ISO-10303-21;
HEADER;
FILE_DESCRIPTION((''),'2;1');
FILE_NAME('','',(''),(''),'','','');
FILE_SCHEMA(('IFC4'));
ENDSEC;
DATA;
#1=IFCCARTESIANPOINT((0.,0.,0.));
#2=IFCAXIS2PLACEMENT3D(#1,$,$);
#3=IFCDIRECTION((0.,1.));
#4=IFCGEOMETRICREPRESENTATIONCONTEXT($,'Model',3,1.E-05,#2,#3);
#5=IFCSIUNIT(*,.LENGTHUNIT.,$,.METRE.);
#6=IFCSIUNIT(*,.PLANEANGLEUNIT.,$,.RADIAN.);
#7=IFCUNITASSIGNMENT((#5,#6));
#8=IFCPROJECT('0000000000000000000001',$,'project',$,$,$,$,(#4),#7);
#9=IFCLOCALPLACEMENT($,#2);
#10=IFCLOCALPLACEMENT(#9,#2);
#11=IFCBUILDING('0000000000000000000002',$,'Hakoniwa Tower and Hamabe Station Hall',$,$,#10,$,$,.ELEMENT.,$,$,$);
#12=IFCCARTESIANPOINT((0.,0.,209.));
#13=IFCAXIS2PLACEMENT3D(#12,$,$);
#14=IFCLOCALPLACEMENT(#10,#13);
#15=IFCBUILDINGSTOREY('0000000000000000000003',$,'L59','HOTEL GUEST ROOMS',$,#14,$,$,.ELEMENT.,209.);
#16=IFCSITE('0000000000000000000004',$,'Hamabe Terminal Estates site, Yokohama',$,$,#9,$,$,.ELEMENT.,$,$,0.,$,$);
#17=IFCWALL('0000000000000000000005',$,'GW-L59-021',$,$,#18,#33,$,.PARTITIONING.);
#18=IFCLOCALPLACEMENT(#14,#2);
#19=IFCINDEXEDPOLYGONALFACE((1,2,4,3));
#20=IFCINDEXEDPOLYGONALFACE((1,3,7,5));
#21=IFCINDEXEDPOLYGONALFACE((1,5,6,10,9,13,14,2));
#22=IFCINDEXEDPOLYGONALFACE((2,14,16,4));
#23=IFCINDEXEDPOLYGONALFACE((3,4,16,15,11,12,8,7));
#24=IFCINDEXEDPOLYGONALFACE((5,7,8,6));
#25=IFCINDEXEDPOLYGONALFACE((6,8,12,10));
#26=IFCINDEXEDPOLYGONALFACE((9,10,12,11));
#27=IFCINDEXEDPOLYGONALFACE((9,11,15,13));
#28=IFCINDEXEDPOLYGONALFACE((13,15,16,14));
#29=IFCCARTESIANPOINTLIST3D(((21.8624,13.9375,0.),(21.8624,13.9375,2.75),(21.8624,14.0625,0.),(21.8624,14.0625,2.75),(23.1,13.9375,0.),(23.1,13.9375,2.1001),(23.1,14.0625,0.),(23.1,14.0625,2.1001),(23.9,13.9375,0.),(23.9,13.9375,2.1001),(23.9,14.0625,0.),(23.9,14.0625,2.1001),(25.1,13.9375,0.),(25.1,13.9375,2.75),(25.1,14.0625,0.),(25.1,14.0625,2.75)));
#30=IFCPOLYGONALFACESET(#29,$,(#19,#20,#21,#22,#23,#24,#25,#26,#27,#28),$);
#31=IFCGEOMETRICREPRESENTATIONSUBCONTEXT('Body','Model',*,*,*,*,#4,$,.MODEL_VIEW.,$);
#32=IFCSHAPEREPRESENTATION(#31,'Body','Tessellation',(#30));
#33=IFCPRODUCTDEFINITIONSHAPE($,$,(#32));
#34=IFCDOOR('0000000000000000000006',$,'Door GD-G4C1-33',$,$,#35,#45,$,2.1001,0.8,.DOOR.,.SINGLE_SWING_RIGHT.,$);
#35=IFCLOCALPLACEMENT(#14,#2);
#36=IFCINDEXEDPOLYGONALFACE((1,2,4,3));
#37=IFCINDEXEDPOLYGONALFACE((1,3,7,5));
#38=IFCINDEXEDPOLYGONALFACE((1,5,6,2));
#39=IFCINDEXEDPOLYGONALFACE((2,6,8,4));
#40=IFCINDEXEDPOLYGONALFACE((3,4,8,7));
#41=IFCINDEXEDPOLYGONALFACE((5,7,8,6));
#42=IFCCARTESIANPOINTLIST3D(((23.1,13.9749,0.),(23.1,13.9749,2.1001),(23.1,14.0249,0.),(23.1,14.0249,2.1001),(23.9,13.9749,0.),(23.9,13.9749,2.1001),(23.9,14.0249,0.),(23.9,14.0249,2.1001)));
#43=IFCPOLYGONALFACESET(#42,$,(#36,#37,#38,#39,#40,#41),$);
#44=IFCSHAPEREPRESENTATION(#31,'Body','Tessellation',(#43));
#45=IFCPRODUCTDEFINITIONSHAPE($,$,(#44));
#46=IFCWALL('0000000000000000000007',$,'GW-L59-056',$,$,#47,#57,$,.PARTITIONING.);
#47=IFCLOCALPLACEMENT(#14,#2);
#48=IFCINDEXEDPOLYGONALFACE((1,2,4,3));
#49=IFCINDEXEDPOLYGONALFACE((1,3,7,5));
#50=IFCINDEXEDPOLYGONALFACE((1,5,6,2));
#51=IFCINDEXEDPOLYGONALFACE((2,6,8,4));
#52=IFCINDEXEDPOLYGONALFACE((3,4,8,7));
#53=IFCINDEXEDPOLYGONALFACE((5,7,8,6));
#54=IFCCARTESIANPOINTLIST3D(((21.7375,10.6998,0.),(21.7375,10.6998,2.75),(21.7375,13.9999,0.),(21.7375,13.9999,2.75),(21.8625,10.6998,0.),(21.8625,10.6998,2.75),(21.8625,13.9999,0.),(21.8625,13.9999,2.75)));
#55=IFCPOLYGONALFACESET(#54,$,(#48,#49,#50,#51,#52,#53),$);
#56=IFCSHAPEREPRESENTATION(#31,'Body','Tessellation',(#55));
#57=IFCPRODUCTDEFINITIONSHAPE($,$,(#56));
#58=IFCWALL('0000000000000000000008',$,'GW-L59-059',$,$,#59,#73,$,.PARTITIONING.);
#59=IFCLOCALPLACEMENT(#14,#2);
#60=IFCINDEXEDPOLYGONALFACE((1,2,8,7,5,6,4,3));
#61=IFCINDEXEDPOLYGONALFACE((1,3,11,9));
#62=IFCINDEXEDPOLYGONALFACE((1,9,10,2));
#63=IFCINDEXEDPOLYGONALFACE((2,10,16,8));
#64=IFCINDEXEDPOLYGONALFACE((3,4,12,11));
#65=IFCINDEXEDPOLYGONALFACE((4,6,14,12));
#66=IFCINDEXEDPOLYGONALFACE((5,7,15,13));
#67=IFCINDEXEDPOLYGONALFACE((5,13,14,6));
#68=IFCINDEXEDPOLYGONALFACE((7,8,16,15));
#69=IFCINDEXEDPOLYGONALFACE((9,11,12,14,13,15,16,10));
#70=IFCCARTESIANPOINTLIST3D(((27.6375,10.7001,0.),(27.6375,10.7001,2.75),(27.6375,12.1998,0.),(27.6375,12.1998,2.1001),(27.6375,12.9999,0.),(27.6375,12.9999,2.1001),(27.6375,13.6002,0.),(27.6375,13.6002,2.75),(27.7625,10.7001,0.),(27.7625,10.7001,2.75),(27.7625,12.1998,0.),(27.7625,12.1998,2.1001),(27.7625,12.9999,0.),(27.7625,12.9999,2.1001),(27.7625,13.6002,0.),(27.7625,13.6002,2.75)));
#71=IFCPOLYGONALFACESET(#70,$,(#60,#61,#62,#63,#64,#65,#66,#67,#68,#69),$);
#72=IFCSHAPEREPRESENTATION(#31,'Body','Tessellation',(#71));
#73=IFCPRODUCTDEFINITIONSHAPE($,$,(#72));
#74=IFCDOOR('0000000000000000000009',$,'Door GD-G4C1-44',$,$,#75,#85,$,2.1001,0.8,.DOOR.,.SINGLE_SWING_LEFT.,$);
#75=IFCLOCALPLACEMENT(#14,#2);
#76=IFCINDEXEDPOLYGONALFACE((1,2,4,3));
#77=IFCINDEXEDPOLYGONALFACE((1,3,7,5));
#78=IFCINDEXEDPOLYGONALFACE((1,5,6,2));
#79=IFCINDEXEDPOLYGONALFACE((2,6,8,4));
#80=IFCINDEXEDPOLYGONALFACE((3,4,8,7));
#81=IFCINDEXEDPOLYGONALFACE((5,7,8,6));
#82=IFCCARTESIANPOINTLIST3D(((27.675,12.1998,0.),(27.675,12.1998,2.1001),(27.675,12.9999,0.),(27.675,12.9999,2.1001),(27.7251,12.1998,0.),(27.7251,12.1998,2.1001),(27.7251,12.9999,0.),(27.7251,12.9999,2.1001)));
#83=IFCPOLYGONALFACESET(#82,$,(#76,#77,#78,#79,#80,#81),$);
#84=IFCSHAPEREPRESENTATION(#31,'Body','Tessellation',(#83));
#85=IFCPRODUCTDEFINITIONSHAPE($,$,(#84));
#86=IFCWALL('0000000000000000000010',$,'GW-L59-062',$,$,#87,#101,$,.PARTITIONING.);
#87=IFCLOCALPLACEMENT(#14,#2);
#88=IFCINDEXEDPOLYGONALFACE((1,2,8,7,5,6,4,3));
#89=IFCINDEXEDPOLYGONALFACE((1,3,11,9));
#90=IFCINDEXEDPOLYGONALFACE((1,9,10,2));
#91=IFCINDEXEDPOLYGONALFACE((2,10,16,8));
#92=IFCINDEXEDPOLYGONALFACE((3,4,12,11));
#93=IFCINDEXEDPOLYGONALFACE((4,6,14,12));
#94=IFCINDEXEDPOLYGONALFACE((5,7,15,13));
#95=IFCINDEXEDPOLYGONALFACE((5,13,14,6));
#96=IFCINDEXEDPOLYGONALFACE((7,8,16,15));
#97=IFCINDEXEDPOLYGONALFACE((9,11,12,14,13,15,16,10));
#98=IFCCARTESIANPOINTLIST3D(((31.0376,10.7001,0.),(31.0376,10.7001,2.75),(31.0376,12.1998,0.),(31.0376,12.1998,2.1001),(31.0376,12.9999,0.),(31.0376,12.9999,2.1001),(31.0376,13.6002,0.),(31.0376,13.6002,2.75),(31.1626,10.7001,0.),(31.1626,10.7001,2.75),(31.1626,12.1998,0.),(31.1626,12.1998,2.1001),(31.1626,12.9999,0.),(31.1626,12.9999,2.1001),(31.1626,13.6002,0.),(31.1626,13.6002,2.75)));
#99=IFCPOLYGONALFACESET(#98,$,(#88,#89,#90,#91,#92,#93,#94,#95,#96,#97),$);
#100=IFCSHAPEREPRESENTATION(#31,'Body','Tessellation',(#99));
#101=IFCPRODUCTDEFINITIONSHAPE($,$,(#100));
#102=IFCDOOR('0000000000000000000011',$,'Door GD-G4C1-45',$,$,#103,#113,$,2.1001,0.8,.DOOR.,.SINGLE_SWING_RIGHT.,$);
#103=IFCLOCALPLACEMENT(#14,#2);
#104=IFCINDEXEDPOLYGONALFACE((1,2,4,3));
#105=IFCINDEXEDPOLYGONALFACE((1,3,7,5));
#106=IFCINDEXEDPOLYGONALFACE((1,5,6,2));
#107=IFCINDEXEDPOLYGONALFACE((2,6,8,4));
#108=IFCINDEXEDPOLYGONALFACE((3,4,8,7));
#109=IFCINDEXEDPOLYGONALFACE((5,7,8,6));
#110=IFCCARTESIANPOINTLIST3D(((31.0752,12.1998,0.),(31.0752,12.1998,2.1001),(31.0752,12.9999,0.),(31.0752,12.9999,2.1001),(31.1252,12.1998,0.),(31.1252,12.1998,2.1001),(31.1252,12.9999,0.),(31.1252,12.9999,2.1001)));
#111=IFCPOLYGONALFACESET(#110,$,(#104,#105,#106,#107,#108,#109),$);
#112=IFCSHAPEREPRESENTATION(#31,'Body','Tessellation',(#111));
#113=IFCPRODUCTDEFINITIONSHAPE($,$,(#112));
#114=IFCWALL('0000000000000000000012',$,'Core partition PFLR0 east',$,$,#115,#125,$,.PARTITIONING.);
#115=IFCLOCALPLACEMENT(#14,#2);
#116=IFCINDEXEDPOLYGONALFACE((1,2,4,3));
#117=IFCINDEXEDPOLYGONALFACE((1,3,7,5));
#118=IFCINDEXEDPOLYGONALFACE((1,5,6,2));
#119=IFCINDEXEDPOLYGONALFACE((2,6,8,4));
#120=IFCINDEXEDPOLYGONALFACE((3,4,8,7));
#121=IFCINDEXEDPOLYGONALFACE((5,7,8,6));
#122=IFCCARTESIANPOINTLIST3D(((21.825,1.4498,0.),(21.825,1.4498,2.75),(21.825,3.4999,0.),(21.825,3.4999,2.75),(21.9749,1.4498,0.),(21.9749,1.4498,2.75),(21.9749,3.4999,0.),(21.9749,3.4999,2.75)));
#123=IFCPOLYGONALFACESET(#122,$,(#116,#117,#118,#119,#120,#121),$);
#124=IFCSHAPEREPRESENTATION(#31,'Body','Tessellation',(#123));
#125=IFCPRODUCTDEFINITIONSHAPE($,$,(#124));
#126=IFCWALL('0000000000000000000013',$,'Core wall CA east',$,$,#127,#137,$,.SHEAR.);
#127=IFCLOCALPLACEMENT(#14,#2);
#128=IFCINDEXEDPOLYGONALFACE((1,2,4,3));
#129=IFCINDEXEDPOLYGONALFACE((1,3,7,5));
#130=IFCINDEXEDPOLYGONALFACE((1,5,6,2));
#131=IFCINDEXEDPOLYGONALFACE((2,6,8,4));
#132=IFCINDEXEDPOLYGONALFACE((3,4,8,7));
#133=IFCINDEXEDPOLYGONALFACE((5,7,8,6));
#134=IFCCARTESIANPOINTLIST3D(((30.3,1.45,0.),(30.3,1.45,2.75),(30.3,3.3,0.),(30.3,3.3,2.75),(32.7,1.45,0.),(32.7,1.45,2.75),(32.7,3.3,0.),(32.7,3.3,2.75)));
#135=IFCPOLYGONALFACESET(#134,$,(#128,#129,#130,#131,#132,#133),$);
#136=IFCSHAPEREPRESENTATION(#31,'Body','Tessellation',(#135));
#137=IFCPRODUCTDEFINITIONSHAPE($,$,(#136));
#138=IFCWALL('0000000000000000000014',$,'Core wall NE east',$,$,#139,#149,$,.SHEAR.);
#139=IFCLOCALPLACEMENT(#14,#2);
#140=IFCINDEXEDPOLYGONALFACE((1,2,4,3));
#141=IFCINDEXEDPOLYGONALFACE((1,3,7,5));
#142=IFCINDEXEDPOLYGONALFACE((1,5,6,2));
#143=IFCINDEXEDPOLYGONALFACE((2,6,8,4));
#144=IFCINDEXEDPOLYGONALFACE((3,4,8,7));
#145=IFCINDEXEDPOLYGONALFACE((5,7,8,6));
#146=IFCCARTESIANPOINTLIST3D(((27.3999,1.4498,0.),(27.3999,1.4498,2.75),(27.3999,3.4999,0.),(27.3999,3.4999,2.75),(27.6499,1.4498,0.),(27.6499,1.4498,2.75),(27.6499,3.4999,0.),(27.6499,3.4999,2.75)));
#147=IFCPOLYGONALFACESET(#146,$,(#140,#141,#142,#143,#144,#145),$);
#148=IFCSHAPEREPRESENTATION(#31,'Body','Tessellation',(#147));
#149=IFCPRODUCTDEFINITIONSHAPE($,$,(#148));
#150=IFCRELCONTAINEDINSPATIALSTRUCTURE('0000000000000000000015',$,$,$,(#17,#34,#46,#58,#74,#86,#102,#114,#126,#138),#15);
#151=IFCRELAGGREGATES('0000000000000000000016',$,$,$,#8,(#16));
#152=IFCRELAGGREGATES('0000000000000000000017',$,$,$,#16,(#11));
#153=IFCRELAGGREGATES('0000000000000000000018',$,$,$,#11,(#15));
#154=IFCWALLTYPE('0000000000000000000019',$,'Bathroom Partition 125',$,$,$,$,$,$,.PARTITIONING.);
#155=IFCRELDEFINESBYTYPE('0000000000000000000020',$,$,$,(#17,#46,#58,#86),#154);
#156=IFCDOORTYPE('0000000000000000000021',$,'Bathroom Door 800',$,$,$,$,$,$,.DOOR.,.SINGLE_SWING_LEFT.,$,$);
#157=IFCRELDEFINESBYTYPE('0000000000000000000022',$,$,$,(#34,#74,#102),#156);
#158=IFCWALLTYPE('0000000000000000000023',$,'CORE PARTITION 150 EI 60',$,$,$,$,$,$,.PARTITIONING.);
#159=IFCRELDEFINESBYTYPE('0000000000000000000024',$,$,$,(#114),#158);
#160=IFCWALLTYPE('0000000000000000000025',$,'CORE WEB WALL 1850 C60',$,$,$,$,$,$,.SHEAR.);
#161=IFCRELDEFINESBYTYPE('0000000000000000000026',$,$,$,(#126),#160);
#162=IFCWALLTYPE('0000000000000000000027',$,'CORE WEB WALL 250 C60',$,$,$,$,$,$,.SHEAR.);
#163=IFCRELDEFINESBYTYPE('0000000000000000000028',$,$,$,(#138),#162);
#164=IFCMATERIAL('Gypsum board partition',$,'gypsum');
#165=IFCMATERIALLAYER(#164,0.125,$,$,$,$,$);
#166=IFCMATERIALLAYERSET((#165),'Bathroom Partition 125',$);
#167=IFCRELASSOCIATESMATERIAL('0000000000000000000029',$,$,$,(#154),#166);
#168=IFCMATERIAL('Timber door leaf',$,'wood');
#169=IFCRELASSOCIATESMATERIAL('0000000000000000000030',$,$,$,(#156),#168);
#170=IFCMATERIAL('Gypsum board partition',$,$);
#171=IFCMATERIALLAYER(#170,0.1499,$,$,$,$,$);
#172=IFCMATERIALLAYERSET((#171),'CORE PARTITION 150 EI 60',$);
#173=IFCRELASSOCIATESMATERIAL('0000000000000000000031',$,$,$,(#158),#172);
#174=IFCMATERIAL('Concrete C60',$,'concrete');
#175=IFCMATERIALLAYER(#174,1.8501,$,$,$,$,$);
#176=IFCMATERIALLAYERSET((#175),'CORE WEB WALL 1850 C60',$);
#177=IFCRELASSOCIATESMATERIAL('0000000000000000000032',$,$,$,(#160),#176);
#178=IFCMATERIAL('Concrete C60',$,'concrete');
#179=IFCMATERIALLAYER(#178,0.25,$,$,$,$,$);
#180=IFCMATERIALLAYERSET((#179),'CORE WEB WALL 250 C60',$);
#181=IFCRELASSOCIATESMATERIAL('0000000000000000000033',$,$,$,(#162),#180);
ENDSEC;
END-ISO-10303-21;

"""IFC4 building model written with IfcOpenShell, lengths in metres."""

from ifc_helpers import new_model, si_unit, direction, frame, frame_2d, origin, place, context, subcontext, project, spatial, rectangle, extrude, material, layer, layer_set, type_object, element, fill, save


model = new_model("IFC4")

# Units and contexts
model_context = context("Model", 3, precision=1e-05, world=origin(), true_north=direction((0.0, 1.0)))
body_context = subcontext(model_context, "Body", "Model", "MODEL_VIEW")
ifc_project = project(units=[si_unit("LENGTHUNIT", "METRE"), si_unit("PLANEANGLEUNIT", "RADIAN")], contexts=[model_context])

# Site, building, storey
site_placement = place(None, origin())
site = spatial("IfcSite", under=ifc_project, at=site_placement, Name="Hamabe Terminal Estates site, Yokohama", CompositionType="ELEMENT", RefElevation=0.0)
building_placement = place(site_placement, origin())
building = spatial("IfcBuilding", under=site, at=building_placement, Name="Hakoniwa Tower and Hamabe Station Hall", CompositionType="ELEMENT")
storey_placement = place(building_placement, frame((0.0, 0.0, 209.0)))
storey = spatial("IfcBuildingStorey", under=building, at=storey_placement, Name="L59", Description="HOTEL GUEST ROOMS", CompositionType="ELEMENT", Elevation=209.0)

# Shared definitions
ifc_material_1 = material(Name="Gypsum board partition", Category="gypsum")
ifc_layer_1 = layer(ifc_material_1, 0.125)
ifc_layer_set_1 = layer_set([ifc_layer_1], Name="Bathroom Partition 125")
wall_type_1 = type_object("IfcWallType", Name="Bathroom Partition 125", PredefinedType="PARTITIONING", material=ifc_layer_set_1)

# Wall, opening, door
wall_1_placement = place(storey_placement, frame((21.8625, 14.0, 0.0), z_axis=(0.0, 0.0, 1.0), x_axis=(1.0, 0.0, 0.0)))
wall_1 = element("IfcWall", 1, at=wall_1_placement, inside=storey, type_object=wall_type_1, Name="GW-L59-021", PredefinedType="PARTITIONING", context=body_context, shape_type="SweptSolid", body=[
    extrude(rectangle(XDim=3.2375, YDim=0.125, at=frame_2d((1.6187, 0.0))), origin(), (0.0, 0.0, 1.0), 2.75),
])
opening_1_placement = place(wall_1_placement, frame((1.2375, 0.0, 0.0)))
opening_1 = element("IfcOpeningElement", 2, at=opening_1_placement, cuts=wall_1, PredefinedType="OPENING", context=body_context, shape_type="SweptSolid", body=[
    extrude(rectangle(XDim=0.8, YDim=2.1001, at=frame_2d((0.3999, 1.05))), frame((0.0, 0.0725, 0.0), z_axis=(0.0, -1.0, 0.0), x_axis=(1.0, 0.0, 0.0)), (0.0, 0.0, 1.0), 0.145),
])
ifc_material_2 = material(Name="Timber door leaf", Category="wood")
door_type_1 = type_object("IfcDoorType", Name="Bathroom Door 800", OperationType="SINGLE_SWING_LEFT", PredefinedType="DOOR", material=ifc_material_2)
door_1_placement = place(opening_1_placement, origin())
door_1 = element("IfcDoor", 3, at=door_1_placement, inside=storey, type_object=door_type_1, Name="Door GD-G4C1-33", OperationType="SINGLE_SWING_RIGHT", OverallHeight=2.1001, OverallWidth=0.8, PredefinedType="DOOR", context=body_context, shape_type="SweptSolid", body=[
    extrude(rectangle(XDim=0.8, YDim=2.1001, at=frame_2d((0.3999, 1.05))), frame((0.0, 0.0249, 0.0), z_axis=(0.0, -1.0, 0.0), x_axis=(1.0, 0.0, 0.0)), (0.0, 0.0, 1.0), 0.05),
])
fill(opening_1, door_1)

# Wall
wall_2_placement = place(storey_placement, frame((21.8, 10.7, 0.0), z_axis=(0.0, 0.0, 1.0), x_axis=(0.0, 1.0, 0.0)))
element("IfcWall", 4, at=wall_2_placement, inside=storey, type_object=wall_type_1, Name="GW-L59-056", PredefinedType="PARTITIONING", context=body_context, shape_type="SweptSolid", body=[
    extrude(rectangle(XDim=3.3, YDim=0.125, at=frame_2d((1.6499, 0.0))), origin(), (0.0, 0.0, 1.0), 2.75),
])

# Walls, openings, doors
wall_3_placement = place(storey_placement, frame((27.7, 10.7, 0.0), z_axis=(0.0, 0.0, 1.0), x_axis=(0.0, 1.0, 0.0)))
wall_3 = element("IfcWall", 5, at=wall_3_placement, inside=storey, type_object=wall_type_1, Name="GW-L59-059", PredefinedType="PARTITIONING", context=body_context, shape_type="SweptSolid", body=[
    extrude(rectangle(XDim=2.9001, YDim=0.125, at=frame_2d((1.4502, 0.0))), origin(), (0.0, 0.0, 1.0), 2.75),
])
opening_2_placement = place(wall_3_placement, frame((1.5, 0.0, 0.0)))
opening_2 = element("IfcOpeningElement", 6, at=opening_2_placement, cuts=wall_3, PredefinedType="OPENING", context=body_context, shape_type="SweptSolid", body=[
    extrude(rectangle(XDim=0.8, YDim=2.1001, at=frame_2d((0.3999, 1.05))), frame((0.0, 0.0725, 0.0), z_axis=(0.0, -1.0, 0.0), x_axis=(1.0, 0.0, 0.0)), (0.0, 0.0, 1.0), 0.145),
])
door_2_placement = place(opening_2_placement, origin())
door_2 = element("IfcDoor", 7, at=door_2_placement, inside=storey, type_object=door_type_1, Name="Door GD-G4C1-44", OperationType="SINGLE_SWING_LEFT", OverallHeight=2.1001, OverallWidth=0.8, PredefinedType="DOOR", context=body_context, shape_type="SweptSolid", body=[
    extrude(rectangle(XDim=0.8, YDim=2.1001, at=frame_2d((0.3999, 1.05))), frame((0.0, 0.0249, 0.0), z_axis=(0.0, -1.0, 0.0), x_axis=(1.0, 0.0, 0.0)), (0.0, 0.0, 1.0), 0.05),
])
fill(opening_2, door_2)
wall_4_placement = place(storey_placement, frame((31.1001, 10.7, 0.0), z_axis=(0.0, 0.0, 1.0), x_axis=(0.0, 1.0, 0.0)))
wall_4 = element("IfcWall", 8, at=wall_4_placement, inside=storey, type_object=wall_type_1, Name="GW-L59-062", PredefinedType="PARTITIONING", context=body_context, shape_type="SweptSolid", body=[
    extrude(rectangle(XDim=2.9001, YDim=0.125, at=frame_2d((1.4502, 0.0))), origin(), (0.0, 0.0, 1.0), 2.75),
])
opening_3_placement = place(wall_4_placement, frame((1.5, 0.0, 0.0)))
opening_3 = element("IfcOpeningElement", 9, at=opening_3_placement, cuts=wall_4, PredefinedType="OPENING", context=body_context, shape_type="SweptSolid", body=[
    extrude(rectangle(XDim=0.8, YDim=2.1001, at=frame_2d((0.3999, 1.05))), frame((0.0, 0.0725, 0.0), z_axis=(0.0, -1.0, 0.0), x_axis=(1.0, 0.0, 0.0)), (0.0, 0.0, 1.0), 0.145),
])
door_3_placement = place(opening_3_placement, origin())
door_3 = element("IfcDoor", 10, at=door_3_placement, inside=storey, type_object=door_type_1, Name="Door GD-G4C1-45", OperationType="SINGLE_SWING_RIGHT", OverallHeight=2.1001, OverallWidth=0.8, PredefinedType="DOOR", context=body_context, shape_type="SweptSolid", body=[
    extrude(rectangle(XDim=0.8, YDim=2.1001, at=frame_2d((0.3999, 1.05))), frame((0.0, 0.0249, 0.0), z_axis=(0.0, -1.0, 0.0), x_axis=(1.0, 0.0, 0.0)), (0.0, 0.0, 1.0), 0.05),
])
fill(opening_3, door_3)

# Walls
ifc_material_3 = material(Name="Gypsum board partition")
ifc_layer_2 = layer(ifc_material_3, 0.1499)
ifc_layer_set_2 = layer_set([ifc_layer_2], Name="CORE PARTITION 150 EI 60")
wall_type_2 = type_object("IfcWallType", Name="CORE PARTITION 150 EI 60", PredefinedType="PARTITIONING", material=ifc_layer_set_2)
wall_5_placement = place(storey_placement, frame((21.8999, 1.45, 0.0), z_axis=(0.0, 0.0, 1.0), x_axis=(0.0, 1.0, 0.0)))
element("IfcWall", 11, at=wall_5_placement, inside=storey, type_object=wall_type_2, Name="Core partition PFLR0 east", PredefinedType="PARTITIONING", context=body_context, shape_type="SweptSolid", body=[
    extrude(rectangle(XDim=2.05, YDim=0.1499, at=frame_2d((1.0249, 0.0))), origin(), (0.0, 0.0, 1.0), 2.75),
])
ifc_material_4 = material(Name="Concrete C60", Category="concrete")
ifc_layer_3 = layer(ifc_material_4, 1.8501)
ifc_layer_set_3 = layer_set([ifc_layer_3], Name="CORE WEB WALL 1850 C60")
wall_type_3 = type_object("IfcWallType", Name="CORE WEB WALL 1850 C60", PredefinedType="SHEAR", material=ifc_layer_set_3)
wall_6_placement = place(storey_placement, frame((30.3, 2.375, 0.0), z_axis=(0.0, 0.0, 1.0), x_axis=(1.0, 0.0, 0.0)))
element("IfcWall", 12, at=wall_6_placement, inside=storey, type_object=wall_type_3, Name="Core wall CA east", PredefinedType="SHEAR", context=body_context, shape_type="SweptSolid", body=[
    extrude(rectangle(XDim=2.3999, YDim=1.8501, at=frame_2d((1.2, 0.0))), origin(), (0.0, 0.0, 1.0), 2.75),
])
ifc_material_5 = material(Name="Concrete C60", Category="concrete")
ifc_layer_4 = layer(ifc_material_5, 0.25)
ifc_layer_set_4 = layer_set([ifc_layer_4], Name="CORE WEB WALL 250 C60")
wall_type_4 = type_object("IfcWallType", Name="CORE WEB WALL 250 C60", PredefinedType="SHEAR", material=ifc_layer_set_4)
wall_7_placement = place(storey_placement, frame((27.5249, 1.45, 0.0), z_axis=(0.0, 0.0, 1.0), x_axis=(0.0, 1.0, 0.0)))
element("IfcWall", 13, at=wall_7_placement, inside=storey, type_object=wall_type_4, Name="Core wall NE east", PredefinedType="SHEAR", context=body_context, shape_type="SweptSolid", body=[
    extrude(rectangle(XDim=2.05, YDim=0.25, at=frame_2d((1.0249, 0.0))), origin(), (0.0, 0.0, 1.0), 2.75),
])

save(model, "model.ifc")
